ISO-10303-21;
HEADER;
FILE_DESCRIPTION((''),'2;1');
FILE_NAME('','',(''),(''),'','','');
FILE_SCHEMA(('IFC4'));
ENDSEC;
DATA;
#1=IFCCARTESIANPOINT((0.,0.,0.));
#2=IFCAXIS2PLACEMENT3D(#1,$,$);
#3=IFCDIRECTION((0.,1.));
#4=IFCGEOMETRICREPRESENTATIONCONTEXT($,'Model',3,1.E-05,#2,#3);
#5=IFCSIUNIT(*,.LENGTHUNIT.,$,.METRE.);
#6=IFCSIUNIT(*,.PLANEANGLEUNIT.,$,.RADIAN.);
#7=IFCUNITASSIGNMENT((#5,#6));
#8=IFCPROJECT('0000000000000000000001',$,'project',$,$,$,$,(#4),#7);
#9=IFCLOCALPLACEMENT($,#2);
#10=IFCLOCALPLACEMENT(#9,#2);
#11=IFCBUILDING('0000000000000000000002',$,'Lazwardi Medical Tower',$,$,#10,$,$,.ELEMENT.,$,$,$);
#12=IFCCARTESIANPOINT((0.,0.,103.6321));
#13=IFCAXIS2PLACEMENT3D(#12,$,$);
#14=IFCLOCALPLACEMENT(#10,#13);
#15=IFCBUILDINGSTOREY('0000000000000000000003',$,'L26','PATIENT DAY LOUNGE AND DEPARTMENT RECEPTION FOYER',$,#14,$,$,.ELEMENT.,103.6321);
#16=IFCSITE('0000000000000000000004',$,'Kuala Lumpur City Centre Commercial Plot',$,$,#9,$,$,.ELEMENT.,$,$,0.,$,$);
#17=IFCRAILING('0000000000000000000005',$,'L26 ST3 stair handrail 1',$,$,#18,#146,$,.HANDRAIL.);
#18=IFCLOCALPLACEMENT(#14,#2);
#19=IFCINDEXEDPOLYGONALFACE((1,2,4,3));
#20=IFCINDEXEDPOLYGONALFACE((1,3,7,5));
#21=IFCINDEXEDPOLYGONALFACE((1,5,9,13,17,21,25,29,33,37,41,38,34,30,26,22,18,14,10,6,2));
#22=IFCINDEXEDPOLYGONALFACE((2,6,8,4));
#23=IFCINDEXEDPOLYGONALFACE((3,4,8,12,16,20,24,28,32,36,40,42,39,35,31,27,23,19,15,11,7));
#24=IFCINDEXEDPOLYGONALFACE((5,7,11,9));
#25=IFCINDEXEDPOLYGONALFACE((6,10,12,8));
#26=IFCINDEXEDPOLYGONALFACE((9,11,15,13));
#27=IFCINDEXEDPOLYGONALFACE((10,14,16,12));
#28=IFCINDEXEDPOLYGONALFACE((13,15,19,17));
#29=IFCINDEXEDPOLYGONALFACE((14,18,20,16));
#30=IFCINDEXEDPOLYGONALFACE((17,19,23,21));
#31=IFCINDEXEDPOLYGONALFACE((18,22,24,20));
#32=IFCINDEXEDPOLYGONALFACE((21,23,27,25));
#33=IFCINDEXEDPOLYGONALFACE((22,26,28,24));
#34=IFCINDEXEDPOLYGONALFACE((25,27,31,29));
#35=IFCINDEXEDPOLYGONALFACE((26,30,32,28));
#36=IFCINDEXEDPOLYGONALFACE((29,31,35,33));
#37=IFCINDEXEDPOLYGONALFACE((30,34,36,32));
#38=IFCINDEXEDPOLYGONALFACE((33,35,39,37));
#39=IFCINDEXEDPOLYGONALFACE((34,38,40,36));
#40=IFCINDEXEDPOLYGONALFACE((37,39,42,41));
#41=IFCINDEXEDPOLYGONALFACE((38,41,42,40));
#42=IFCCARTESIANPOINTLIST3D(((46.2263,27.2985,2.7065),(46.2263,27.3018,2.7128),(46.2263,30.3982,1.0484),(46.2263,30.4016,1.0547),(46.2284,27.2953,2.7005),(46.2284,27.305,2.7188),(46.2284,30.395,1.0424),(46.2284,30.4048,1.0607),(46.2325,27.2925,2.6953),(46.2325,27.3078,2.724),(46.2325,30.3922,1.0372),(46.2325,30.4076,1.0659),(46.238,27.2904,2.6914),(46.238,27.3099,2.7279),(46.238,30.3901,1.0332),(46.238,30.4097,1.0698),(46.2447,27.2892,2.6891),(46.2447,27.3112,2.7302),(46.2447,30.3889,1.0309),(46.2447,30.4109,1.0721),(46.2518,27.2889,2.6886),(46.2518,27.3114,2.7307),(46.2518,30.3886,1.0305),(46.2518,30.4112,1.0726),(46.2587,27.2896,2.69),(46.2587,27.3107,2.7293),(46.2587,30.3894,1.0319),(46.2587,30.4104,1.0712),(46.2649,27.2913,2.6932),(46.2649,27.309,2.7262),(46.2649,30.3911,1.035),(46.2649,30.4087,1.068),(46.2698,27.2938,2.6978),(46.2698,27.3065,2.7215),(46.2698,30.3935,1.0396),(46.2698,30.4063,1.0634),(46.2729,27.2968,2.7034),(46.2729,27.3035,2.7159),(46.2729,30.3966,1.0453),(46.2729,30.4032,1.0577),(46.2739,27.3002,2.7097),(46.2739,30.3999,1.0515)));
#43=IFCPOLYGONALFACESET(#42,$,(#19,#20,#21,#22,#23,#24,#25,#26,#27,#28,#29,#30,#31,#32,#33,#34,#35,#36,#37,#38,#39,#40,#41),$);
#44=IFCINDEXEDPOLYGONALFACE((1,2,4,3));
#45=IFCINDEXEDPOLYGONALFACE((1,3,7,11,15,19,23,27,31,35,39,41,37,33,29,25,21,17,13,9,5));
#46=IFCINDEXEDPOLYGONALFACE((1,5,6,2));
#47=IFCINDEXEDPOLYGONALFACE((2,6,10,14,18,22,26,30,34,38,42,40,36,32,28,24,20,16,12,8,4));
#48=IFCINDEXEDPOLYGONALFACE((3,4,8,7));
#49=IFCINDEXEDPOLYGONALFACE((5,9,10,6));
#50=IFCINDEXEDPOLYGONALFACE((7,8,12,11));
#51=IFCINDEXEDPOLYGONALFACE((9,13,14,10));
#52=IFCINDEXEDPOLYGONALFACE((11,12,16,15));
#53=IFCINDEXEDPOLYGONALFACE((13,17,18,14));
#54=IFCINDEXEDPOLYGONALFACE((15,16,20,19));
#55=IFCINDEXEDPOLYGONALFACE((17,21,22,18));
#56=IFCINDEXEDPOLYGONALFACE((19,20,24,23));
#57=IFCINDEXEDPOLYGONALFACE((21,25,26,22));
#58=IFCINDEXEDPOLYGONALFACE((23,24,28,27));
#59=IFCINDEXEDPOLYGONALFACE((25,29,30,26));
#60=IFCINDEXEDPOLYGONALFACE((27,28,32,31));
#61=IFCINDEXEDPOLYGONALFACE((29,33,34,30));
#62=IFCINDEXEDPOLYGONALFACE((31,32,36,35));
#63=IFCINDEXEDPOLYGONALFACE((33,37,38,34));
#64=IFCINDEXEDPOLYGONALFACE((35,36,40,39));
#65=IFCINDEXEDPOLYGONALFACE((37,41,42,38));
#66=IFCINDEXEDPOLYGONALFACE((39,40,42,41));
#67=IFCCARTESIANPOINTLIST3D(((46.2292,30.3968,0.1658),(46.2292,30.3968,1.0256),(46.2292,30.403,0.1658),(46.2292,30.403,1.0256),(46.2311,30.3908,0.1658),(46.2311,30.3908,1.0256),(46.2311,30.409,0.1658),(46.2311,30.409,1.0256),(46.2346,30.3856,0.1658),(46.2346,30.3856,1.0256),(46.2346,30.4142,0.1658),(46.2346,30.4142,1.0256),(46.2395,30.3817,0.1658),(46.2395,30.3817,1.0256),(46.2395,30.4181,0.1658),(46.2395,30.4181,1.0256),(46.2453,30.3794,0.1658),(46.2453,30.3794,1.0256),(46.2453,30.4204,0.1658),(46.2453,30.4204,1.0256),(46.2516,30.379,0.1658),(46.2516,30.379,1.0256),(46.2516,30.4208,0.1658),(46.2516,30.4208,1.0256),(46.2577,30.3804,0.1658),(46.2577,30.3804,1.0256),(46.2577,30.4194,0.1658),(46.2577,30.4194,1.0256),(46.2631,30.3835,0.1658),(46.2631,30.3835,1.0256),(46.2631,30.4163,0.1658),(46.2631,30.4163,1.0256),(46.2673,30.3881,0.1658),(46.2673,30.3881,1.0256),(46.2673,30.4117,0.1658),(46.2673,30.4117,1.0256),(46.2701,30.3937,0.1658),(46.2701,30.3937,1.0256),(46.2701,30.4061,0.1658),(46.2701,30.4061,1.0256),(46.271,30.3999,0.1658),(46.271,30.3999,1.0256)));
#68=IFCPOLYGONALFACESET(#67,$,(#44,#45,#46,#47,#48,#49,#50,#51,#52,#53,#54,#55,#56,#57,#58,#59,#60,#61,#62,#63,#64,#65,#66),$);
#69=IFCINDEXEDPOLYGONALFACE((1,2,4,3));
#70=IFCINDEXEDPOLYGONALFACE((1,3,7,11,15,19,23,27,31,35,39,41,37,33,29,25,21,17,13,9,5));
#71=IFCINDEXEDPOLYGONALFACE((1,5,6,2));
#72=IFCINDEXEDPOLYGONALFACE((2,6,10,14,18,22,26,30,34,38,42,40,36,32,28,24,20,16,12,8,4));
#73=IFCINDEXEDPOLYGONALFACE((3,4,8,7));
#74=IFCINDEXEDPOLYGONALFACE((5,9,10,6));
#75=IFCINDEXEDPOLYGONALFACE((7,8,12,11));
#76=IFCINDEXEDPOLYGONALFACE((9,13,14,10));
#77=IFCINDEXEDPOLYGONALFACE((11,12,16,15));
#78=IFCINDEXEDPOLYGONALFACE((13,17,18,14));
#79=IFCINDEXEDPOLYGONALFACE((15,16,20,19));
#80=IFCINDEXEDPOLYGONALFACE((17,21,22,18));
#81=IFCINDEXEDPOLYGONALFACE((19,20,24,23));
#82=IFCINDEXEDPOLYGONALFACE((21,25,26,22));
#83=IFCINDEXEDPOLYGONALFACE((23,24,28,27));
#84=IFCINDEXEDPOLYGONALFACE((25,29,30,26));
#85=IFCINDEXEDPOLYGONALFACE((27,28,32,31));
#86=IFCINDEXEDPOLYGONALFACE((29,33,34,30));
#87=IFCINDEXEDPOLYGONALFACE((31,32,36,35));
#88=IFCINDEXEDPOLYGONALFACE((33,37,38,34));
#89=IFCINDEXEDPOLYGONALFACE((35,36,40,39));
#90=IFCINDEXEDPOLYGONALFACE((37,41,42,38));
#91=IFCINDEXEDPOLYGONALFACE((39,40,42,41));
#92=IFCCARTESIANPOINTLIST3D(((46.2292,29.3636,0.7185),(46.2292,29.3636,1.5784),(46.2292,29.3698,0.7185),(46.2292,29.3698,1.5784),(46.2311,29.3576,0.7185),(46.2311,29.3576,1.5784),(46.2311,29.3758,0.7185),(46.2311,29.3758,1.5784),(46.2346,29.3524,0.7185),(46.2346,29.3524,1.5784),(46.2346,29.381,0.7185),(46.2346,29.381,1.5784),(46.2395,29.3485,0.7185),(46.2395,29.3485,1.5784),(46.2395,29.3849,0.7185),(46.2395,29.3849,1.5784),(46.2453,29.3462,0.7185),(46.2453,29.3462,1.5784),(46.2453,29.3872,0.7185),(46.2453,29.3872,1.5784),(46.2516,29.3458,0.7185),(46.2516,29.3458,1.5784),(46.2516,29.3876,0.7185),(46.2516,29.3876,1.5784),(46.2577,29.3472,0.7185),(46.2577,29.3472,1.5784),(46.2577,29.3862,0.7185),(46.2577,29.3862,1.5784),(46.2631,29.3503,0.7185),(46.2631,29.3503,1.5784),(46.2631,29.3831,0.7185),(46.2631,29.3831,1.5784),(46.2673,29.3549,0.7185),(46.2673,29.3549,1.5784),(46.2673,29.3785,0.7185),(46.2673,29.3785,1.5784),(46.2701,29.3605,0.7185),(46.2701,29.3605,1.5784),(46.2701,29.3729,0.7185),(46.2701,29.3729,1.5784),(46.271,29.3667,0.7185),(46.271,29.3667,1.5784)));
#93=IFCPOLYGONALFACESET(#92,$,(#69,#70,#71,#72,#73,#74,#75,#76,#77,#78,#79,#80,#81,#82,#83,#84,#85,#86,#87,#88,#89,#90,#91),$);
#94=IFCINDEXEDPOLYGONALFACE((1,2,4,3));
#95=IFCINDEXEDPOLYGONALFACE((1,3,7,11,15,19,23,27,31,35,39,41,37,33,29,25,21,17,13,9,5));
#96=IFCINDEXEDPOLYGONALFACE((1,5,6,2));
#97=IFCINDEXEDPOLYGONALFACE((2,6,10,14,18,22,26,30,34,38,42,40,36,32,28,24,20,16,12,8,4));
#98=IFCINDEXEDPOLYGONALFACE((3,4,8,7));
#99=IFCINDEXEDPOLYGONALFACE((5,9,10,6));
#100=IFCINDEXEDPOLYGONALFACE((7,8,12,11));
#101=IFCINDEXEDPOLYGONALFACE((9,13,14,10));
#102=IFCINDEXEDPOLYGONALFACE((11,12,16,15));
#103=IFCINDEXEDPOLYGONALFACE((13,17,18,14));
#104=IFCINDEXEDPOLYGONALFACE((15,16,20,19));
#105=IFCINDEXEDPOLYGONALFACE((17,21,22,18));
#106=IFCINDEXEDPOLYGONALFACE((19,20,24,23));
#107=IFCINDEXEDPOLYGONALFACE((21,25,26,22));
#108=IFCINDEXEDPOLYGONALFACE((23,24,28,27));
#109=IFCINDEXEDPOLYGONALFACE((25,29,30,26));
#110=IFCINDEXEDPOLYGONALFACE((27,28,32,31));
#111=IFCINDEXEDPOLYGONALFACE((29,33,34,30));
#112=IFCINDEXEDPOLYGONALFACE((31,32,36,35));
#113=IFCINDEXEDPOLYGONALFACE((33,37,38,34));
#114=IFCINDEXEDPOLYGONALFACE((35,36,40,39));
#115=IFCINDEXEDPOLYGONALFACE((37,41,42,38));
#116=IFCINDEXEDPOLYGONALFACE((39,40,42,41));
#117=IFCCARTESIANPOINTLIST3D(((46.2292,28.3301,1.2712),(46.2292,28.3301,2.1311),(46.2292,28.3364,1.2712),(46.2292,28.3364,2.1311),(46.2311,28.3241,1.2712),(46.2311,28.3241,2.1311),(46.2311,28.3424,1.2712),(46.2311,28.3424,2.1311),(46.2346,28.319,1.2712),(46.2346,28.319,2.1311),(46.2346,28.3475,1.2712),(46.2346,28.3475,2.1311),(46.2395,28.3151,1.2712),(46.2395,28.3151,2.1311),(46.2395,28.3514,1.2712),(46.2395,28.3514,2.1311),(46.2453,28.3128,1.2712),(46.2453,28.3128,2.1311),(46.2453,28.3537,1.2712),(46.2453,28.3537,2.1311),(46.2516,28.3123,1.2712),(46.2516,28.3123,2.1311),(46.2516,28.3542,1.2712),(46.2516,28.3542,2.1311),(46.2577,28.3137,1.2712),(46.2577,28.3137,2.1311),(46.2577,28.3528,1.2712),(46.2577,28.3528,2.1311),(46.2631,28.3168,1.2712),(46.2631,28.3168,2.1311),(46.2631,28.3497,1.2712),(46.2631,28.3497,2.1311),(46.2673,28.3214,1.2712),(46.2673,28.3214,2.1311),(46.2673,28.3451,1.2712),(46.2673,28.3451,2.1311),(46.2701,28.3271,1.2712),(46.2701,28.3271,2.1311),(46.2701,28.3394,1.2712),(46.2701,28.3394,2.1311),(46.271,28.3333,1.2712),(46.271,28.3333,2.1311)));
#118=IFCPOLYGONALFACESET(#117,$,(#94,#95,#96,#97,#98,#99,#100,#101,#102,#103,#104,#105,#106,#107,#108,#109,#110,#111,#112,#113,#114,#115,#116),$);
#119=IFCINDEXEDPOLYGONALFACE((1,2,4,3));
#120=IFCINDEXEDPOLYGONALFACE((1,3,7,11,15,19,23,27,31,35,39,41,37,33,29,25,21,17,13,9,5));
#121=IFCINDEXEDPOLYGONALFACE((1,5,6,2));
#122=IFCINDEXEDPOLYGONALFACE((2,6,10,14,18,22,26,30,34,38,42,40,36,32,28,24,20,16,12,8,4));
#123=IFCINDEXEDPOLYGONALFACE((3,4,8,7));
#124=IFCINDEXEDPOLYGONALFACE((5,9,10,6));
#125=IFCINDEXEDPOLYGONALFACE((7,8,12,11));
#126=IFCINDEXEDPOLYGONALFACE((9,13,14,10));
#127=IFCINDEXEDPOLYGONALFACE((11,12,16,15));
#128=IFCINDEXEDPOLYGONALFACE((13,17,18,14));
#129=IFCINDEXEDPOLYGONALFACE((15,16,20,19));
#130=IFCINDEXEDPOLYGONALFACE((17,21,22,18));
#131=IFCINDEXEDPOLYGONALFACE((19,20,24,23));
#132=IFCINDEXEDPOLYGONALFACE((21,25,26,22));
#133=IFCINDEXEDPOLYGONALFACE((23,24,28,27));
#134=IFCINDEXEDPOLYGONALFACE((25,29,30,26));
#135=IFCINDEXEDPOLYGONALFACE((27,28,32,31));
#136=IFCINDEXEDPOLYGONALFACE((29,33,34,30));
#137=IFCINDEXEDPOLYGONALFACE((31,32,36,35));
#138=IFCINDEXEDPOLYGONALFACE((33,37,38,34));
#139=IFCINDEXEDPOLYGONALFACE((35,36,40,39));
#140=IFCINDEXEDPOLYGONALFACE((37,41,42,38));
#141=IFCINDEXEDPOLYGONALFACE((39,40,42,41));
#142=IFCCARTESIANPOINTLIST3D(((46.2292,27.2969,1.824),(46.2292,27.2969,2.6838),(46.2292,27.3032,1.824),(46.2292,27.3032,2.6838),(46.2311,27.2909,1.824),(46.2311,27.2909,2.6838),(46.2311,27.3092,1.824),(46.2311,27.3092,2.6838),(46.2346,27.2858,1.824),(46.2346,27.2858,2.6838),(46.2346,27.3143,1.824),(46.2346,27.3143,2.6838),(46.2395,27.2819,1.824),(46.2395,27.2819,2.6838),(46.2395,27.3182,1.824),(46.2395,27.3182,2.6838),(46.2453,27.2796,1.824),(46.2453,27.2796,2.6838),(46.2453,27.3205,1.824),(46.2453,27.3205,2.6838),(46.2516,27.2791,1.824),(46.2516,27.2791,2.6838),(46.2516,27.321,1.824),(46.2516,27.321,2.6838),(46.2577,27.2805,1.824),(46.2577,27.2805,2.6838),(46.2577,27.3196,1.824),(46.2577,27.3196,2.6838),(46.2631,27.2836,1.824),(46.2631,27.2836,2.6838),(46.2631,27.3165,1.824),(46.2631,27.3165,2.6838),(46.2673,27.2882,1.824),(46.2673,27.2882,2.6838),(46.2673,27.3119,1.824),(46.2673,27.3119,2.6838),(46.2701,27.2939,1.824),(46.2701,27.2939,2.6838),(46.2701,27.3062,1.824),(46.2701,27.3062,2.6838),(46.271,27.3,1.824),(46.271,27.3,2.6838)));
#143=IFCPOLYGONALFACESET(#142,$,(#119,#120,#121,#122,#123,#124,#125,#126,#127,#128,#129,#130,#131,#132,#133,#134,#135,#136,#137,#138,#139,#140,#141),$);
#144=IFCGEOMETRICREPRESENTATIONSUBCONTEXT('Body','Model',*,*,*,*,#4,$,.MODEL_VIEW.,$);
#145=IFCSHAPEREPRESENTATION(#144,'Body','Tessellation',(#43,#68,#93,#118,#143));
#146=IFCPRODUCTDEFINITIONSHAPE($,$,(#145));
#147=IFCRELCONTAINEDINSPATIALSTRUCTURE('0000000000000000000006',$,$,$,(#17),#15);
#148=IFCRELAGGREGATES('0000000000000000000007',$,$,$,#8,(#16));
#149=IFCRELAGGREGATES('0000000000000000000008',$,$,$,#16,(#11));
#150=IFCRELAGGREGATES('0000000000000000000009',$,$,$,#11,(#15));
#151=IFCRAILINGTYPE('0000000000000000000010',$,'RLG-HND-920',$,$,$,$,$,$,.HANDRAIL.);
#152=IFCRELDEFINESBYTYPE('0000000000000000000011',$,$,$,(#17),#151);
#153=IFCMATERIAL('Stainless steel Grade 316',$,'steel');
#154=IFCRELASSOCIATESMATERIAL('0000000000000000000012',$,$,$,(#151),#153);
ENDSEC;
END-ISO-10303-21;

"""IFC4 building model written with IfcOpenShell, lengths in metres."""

from ifc_helpers import new_model, si_unit, direction, frame, origin, origin_2d, place, context, subcontext, project, spatial, circle, extrude, material, type_object, element, save


model = new_model("IFC4")

# Units and contexts
model_context = context("Model", 3, precision=1e-05, world=origin(), true_north=direction((0.0, 1.0)))
body_context = subcontext(model_context, "Body", "Model", "MODEL_VIEW")
ifc_project = project(units=[si_unit("LENGTHUNIT", "METRE"), si_unit("PLANEANGLEUNIT", "RADIAN")], contexts=[model_context])

# Site, building, storey
site_placement = place(None, origin())
site = spatial("IfcSite", under=ifc_project, at=site_placement, Name="Kuala Lumpur City Centre Commercial Plot", CompositionType="ELEMENT", RefElevation=0.0)
building_placement = place(site_placement, origin())
building = spatial("IfcBuilding", under=site, at=building_placement, Name="Lazwardi Medical Tower", CompositionType="ELEMENT")
storey_placement = place(building_placement, frame((0.0, 0.0, 103.6321)))
storey = spatial("IfcBuildingStorey", under=building, at=storey_placement, Name="L26", Description="PATIENT DAY LOUNGE AND DEPARTMENT RECEPTION FOYER", CompositionType="ELEMENT", Elevation=103.6321)

# Railing
ifc_material_1 = material(Name="Stainless steel Grade 316", Category="steel")
railing_type_1 = type_object("IfcRailingType", Name="RLG-HND-920", PredefinedType="HANDRAIL", material=ifc_material_1)
railing_1_placement = place(storey_placement, frame((46.25, 30.3999, 0.1658)))
element("IfcRailing", 1, at=railing_1_placement, inside=storey, type_object=railing_type_1, Name="L26 ST3 stair handrail 1", PredefinedType="HANDRAIL", context=body_context, shape_type="SweptSolid", body=[
    extrude(circle(Radius=0.0239, at=origin_2d()), frame((0.0, 0.0, 0.8857), z_axis=(0.0, -0.881768, 0.471684), x_axis=(1.0, 0.0, 0.0)), (0.0, 0.0, 1.0), 3.5154),
    extrude(circle(Radius=0.021, at=origin_2d()), origin(), (0.0, 0.0, 1.0), 0.8599),
    extrude(circle(Radius=0.021, at=origin_2d()), frame((0.0, -1.0332, 0.5527)), (0.0, 0.0, 1.0), 0.8599),
    extrude(circle(Radius=0.021, at=origin_2d()), frame((0.0, -2.0667, 1.1055)), (0.0, 0.0, 1.0), 0.8599),
    extrude(circle(Radius=0.021, at=origin_2d()), frame((0.0, -3.0999, 1.6582)), (0.0, 0.0, 1.0), 0.8599),
])

save(model, "model.ifc")
